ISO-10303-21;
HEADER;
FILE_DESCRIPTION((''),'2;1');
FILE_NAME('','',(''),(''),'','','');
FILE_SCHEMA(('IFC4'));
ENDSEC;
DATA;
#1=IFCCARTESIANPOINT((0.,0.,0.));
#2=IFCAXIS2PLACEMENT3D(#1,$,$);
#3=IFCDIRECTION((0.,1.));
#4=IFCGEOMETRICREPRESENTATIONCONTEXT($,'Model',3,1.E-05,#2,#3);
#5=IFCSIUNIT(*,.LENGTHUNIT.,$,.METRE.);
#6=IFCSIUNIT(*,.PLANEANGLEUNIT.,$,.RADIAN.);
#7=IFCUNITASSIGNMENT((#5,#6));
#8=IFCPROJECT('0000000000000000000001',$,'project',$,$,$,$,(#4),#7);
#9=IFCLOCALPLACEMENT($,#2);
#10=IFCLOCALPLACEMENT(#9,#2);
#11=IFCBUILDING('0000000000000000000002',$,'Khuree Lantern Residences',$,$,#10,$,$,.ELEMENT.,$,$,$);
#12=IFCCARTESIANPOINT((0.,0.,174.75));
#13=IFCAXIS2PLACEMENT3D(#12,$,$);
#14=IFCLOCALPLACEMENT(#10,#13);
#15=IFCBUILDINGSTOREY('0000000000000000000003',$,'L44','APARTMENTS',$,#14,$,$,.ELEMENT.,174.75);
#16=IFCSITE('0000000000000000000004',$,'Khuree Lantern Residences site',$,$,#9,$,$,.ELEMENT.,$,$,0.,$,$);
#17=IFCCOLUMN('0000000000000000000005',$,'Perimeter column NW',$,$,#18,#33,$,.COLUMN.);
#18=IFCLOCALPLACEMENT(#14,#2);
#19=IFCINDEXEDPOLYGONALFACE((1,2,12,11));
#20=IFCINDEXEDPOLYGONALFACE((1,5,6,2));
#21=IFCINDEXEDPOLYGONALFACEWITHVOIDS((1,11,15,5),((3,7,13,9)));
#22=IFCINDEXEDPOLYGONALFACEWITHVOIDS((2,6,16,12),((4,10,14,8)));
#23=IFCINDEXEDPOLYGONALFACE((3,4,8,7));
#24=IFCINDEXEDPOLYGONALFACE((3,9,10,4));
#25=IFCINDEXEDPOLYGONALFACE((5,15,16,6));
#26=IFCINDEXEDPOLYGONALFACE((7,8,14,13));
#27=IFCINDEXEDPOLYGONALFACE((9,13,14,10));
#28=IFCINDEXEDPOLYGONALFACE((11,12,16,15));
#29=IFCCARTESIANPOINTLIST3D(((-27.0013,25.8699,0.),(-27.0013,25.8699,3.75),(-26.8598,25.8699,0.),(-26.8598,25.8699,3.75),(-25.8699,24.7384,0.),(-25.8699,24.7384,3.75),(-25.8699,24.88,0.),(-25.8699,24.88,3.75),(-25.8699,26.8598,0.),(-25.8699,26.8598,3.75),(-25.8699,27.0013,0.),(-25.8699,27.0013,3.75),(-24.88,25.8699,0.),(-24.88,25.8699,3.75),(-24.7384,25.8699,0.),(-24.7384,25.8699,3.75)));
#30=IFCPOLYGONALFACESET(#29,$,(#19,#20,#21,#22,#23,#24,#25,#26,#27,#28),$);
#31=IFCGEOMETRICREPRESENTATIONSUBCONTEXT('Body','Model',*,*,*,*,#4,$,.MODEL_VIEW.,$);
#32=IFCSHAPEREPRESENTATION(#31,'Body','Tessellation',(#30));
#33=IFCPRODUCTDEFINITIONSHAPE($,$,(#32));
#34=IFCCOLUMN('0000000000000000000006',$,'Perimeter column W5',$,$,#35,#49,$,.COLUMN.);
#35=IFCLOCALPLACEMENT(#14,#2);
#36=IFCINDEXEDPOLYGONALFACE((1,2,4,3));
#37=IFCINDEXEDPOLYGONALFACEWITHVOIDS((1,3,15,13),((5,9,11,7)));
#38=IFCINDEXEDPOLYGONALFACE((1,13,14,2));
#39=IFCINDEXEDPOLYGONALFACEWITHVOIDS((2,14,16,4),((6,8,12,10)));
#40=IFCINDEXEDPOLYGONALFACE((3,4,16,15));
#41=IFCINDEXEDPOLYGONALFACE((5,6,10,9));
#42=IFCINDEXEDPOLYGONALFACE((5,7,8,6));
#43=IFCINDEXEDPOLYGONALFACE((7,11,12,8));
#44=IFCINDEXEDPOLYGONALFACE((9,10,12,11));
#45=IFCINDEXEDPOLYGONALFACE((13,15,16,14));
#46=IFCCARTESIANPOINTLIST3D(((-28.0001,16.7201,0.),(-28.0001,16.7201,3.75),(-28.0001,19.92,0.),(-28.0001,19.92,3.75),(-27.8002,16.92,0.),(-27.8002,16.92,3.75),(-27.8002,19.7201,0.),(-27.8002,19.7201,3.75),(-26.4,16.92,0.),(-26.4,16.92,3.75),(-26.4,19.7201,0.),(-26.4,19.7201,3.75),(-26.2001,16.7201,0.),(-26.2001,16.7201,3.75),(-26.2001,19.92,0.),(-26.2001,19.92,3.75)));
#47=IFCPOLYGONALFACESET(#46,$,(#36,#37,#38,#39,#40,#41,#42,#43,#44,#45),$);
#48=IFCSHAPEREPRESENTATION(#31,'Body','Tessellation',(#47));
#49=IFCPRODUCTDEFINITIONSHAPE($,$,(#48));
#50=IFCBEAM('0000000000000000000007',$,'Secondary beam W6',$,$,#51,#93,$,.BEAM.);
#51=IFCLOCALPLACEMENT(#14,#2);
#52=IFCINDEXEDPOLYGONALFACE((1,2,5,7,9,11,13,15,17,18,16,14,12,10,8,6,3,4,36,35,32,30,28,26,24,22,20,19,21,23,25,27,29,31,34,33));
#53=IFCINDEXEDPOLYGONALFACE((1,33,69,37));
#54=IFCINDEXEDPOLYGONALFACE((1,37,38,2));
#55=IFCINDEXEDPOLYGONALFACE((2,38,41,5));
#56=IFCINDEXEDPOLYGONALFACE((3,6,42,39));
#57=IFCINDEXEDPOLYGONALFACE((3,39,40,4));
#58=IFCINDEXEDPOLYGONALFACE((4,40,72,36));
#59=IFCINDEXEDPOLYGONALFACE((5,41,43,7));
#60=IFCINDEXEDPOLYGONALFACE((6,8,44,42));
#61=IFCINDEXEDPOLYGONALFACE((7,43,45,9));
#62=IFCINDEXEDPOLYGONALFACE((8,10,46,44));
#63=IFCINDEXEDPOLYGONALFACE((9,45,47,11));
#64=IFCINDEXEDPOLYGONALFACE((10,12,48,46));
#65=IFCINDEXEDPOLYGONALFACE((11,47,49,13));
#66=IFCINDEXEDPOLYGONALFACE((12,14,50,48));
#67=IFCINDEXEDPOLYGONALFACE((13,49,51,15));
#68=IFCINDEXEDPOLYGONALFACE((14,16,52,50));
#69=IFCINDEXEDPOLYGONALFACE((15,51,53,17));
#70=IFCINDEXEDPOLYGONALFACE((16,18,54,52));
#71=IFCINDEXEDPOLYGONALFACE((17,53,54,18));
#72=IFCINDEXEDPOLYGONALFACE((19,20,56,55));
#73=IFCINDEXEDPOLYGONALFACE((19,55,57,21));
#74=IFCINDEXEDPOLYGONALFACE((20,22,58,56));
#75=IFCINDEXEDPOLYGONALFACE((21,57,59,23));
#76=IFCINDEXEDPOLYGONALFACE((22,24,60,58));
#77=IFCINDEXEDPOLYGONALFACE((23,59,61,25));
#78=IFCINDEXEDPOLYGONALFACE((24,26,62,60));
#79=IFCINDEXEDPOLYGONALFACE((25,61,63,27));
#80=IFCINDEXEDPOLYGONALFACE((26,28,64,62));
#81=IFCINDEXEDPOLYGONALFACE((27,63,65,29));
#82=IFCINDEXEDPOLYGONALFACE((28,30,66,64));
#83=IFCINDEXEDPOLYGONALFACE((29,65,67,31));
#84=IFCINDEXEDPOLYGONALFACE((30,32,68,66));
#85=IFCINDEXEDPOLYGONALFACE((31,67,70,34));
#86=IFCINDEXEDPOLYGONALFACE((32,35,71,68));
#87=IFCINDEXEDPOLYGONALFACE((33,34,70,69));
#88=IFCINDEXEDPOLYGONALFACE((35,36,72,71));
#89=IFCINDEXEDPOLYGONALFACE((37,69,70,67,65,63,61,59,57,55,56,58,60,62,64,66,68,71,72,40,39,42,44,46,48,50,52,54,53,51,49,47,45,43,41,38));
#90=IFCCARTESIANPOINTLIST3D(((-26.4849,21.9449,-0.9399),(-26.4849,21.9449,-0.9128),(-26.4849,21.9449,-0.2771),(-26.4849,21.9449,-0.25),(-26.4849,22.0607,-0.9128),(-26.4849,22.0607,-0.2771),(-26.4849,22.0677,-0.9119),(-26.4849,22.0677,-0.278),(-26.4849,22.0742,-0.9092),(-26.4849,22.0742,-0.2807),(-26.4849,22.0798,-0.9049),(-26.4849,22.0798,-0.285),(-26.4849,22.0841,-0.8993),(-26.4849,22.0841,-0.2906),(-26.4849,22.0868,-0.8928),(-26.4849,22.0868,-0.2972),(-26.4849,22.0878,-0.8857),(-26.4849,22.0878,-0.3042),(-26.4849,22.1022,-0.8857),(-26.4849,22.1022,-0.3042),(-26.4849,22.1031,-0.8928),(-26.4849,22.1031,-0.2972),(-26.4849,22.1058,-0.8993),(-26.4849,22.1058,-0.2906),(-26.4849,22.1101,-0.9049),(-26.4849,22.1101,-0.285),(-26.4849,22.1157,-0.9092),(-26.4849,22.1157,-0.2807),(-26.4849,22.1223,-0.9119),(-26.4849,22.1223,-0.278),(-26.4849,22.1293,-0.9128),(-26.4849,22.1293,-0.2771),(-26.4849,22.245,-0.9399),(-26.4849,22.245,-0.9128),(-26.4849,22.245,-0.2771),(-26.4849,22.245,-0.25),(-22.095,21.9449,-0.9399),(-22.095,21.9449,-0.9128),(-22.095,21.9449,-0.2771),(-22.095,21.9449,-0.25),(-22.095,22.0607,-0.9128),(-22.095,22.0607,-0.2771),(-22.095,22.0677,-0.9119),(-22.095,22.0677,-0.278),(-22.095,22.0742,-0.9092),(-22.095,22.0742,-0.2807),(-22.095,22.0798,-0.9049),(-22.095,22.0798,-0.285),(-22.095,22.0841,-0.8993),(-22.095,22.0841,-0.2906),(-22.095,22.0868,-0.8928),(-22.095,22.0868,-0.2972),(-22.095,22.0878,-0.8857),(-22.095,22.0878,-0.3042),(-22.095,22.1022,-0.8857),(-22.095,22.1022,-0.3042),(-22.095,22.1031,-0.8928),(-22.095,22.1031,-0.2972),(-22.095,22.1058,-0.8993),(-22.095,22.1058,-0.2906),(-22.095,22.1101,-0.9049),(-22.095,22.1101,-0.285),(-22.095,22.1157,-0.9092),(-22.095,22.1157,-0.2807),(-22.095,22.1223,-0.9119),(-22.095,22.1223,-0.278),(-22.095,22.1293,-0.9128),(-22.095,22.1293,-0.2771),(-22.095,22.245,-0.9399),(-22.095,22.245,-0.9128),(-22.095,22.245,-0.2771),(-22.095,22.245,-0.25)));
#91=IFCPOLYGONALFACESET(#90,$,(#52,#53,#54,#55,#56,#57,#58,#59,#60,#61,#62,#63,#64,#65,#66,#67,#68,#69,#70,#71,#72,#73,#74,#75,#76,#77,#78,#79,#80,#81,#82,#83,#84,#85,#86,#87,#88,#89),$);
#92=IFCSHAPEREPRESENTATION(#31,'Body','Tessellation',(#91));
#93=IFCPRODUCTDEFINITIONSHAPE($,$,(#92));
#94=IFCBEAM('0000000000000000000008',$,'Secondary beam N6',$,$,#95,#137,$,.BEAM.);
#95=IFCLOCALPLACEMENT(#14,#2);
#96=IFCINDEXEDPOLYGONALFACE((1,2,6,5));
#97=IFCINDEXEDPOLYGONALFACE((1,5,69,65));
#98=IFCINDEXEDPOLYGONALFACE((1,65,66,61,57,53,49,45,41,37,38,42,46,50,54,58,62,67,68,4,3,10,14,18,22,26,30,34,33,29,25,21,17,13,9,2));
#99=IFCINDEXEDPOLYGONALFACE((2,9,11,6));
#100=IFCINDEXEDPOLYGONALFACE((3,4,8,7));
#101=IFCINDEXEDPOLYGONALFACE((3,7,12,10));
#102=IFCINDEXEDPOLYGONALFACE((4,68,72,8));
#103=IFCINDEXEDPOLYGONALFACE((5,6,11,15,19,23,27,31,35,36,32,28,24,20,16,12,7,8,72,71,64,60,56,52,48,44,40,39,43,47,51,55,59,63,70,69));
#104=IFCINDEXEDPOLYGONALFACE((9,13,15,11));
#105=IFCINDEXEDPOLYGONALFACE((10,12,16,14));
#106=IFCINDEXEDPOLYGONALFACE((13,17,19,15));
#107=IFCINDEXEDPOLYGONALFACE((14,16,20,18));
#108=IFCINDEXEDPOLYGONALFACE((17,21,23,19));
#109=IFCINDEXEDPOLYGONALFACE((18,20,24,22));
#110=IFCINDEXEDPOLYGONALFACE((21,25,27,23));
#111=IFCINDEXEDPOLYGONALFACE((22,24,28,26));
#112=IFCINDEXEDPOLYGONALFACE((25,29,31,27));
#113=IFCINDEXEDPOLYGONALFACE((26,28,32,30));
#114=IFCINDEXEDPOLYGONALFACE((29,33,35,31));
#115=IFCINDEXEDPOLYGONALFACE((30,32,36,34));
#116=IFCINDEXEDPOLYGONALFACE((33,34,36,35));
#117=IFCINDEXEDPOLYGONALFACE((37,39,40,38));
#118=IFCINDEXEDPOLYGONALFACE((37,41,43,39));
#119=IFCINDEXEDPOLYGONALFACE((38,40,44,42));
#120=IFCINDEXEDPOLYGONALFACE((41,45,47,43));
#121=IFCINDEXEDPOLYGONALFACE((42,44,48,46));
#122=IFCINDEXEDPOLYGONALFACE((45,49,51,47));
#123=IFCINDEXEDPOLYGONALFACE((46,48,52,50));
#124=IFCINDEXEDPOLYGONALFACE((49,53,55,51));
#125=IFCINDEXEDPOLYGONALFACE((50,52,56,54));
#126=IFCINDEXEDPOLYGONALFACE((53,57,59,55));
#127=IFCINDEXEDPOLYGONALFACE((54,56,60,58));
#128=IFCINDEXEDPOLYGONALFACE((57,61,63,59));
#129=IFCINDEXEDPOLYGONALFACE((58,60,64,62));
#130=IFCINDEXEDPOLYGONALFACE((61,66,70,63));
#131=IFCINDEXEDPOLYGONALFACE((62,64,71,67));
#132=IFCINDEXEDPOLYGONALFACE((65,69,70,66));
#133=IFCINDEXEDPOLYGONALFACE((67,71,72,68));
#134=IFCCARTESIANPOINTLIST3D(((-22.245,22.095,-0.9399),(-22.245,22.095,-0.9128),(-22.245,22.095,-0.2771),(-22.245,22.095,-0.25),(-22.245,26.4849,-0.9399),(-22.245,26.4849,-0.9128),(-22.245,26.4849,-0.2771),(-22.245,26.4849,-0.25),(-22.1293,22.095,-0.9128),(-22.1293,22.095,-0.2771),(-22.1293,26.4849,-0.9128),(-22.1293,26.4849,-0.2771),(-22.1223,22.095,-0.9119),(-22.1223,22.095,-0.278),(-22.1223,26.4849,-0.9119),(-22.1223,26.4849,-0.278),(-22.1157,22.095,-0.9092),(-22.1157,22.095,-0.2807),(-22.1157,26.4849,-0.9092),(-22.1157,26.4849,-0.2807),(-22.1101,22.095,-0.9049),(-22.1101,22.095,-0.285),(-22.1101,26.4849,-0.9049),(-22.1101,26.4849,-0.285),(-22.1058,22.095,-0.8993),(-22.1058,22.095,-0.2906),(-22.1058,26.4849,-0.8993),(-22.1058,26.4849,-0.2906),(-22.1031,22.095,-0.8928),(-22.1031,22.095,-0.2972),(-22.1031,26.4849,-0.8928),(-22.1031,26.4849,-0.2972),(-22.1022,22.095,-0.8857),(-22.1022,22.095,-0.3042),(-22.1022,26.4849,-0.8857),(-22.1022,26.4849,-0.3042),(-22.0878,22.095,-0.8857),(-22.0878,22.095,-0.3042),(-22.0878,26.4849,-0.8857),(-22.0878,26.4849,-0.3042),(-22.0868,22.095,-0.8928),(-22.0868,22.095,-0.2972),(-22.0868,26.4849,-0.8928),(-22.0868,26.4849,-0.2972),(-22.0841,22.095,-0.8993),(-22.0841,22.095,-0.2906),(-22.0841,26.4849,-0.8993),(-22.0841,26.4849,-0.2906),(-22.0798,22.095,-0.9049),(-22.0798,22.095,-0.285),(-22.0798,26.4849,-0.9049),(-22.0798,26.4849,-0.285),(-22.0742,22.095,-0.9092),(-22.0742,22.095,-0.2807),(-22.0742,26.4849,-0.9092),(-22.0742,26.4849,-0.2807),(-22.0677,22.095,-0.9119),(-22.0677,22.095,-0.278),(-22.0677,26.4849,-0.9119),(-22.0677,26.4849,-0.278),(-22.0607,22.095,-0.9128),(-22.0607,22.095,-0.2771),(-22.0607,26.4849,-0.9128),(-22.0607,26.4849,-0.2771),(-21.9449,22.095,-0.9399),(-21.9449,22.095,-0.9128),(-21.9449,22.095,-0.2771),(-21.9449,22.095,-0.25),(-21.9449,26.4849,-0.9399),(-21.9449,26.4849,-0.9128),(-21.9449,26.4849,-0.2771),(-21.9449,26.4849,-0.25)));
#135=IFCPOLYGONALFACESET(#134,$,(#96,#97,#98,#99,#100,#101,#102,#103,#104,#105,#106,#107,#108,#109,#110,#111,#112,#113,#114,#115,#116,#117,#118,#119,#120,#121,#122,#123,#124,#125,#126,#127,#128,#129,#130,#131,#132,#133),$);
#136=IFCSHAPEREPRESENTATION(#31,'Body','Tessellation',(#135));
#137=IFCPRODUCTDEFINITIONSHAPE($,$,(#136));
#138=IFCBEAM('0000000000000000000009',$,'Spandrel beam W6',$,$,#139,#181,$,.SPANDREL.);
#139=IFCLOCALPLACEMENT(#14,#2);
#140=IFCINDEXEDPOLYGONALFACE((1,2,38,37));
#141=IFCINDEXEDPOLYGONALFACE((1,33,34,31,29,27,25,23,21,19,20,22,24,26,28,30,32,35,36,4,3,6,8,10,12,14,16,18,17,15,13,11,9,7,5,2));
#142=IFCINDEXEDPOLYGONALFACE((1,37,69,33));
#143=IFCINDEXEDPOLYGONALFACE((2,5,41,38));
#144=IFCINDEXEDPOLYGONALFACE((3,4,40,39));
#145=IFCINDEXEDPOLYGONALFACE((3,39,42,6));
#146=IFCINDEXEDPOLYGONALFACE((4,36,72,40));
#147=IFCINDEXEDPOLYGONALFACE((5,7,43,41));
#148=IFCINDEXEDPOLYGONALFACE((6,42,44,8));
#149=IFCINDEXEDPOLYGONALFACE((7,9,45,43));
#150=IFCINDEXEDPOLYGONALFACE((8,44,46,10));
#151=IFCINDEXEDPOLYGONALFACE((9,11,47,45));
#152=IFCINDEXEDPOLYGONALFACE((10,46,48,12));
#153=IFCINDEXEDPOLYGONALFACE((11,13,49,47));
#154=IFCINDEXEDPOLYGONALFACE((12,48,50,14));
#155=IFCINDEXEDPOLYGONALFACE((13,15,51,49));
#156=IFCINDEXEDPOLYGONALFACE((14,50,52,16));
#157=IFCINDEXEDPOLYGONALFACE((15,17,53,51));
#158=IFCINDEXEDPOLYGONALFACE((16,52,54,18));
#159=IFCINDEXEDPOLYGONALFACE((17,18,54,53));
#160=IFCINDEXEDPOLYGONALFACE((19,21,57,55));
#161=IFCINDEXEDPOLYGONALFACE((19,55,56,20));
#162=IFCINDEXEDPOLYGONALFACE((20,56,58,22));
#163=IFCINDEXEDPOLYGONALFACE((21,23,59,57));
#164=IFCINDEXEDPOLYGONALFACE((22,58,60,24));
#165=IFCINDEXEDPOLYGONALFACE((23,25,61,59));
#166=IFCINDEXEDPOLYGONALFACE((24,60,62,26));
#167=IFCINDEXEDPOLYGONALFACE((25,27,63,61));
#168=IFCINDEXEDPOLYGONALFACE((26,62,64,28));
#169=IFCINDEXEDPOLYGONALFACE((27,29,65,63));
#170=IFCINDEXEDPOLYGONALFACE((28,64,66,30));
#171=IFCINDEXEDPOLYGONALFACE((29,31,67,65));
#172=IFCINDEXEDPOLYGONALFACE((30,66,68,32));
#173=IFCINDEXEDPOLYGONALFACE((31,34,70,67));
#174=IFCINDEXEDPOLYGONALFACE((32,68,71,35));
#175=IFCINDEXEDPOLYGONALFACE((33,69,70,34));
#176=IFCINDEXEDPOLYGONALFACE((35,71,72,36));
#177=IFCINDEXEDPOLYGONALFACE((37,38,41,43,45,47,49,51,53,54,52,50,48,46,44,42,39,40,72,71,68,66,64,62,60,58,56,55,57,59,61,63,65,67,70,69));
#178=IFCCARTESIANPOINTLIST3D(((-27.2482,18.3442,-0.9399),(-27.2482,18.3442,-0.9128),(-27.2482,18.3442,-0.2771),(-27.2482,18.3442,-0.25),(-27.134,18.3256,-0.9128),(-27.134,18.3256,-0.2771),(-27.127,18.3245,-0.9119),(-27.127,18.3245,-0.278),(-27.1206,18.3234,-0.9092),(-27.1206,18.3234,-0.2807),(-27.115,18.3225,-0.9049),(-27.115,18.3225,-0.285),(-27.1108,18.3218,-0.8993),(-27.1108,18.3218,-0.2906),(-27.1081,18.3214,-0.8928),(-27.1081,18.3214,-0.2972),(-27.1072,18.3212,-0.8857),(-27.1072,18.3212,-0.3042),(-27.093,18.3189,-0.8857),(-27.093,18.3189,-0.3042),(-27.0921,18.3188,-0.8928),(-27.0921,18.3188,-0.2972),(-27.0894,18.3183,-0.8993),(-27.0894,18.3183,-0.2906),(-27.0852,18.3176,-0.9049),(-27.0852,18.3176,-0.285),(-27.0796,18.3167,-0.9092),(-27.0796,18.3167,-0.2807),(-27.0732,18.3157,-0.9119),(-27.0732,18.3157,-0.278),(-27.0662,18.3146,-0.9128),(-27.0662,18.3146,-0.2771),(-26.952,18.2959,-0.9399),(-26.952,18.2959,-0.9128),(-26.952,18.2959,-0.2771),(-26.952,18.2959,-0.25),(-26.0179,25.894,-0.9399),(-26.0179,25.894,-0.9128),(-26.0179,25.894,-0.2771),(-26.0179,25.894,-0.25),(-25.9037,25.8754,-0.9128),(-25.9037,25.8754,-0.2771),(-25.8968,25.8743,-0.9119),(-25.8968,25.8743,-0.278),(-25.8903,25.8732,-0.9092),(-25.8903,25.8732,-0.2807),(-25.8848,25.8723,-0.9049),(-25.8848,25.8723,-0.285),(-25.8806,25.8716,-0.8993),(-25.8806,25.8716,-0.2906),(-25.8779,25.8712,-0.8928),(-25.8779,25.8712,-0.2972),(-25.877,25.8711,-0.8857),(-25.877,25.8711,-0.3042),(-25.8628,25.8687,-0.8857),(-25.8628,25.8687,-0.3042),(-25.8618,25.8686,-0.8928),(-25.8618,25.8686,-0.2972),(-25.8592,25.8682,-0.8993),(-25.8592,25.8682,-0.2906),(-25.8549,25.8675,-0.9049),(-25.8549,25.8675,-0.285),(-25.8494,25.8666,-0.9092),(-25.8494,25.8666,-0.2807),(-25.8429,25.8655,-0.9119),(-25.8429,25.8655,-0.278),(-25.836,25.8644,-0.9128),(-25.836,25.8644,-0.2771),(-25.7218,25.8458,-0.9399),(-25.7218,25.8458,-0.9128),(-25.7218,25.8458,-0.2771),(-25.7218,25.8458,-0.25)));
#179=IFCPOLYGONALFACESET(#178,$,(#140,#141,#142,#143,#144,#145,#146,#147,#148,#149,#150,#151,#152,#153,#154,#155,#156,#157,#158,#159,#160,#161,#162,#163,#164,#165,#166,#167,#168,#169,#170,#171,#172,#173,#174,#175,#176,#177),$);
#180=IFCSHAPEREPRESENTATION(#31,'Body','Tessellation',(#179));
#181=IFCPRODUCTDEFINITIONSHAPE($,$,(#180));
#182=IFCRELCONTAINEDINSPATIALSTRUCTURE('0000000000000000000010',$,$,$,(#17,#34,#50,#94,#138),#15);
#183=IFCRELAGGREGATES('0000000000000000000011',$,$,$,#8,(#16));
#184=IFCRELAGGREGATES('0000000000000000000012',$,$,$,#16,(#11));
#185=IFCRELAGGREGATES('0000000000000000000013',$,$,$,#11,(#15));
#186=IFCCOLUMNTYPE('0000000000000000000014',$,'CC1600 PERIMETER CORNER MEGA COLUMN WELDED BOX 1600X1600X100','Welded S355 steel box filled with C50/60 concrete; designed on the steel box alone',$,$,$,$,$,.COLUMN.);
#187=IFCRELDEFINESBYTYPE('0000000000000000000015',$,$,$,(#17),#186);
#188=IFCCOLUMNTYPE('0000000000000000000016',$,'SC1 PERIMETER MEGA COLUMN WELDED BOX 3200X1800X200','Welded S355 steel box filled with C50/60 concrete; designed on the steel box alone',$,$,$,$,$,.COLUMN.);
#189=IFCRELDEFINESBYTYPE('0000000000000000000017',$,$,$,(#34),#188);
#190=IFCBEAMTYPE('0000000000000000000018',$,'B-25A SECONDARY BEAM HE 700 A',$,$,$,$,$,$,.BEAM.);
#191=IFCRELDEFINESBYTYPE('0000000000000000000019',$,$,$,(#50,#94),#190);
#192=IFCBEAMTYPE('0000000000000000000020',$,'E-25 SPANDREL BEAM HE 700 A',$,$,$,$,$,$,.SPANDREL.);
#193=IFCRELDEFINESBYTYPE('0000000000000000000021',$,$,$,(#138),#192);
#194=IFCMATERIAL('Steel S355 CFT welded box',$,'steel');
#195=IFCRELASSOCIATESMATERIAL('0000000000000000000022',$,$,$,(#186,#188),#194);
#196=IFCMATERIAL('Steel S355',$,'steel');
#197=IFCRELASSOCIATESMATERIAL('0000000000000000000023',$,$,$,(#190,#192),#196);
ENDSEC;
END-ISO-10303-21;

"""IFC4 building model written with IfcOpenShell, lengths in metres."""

from ifc_helpers import new_model, si_unit, direction, frame, origin, origin_2d, place, context, subcontext, project, spatial, hollow_rectangle, i_section, extrude, material, material_profile, profile_set, type_object, element, save


model = new_model("IFC4")

# Units and contexts
model_context = context("Model", 3, precision=1e-05, world=origin(), true_north=direction((0.0, 1.0)))
body_context = subcontext(model_context, "Body", "Model", "MODEL_VIEW")
ifc_project = project(units=[si_unit("LENGTHUNIT", "METRE"), si_unit("PLANEANGLEUNIT", "RADIAN")], contexts=[model_context])

# Site, building, storey
site_placement = place(None, origin())
site = spatial("IfcSite", under=ifc_project, at=site_placement, Name="Khuree Lantern Residences site", CompositionType="ELEMENT", RefElevation=0.0)
building_placement = place(site_placement, origin())
building = spatial("IfcBuilding", under=site, at=building_placement, Name="Khuree Lantern Residences", CompositionType="ELEMENT")
storey_placement = place(building_placement, frame((0.0, 0.0, 174.75)))
storey = spatial("IfcBuildingStorey", under=building, at=storey_placement, Name="L44", Description="APARTMENTS", CompositionType="ELEMENT", Elevation=174.75)

# Columns
ifc_material_1 = material(Name="Steel S355 CFT welded box", Category="steel")
ifc_material_profile_1 = material_profile(ifc_material_1, hollow_rectangle(XDim=1.6001, YDim=1.6001, WallThickness=0.1001, at=origin_2d()), Name="WELDED BOX 1600X1600X100")
ifc_profile_set_1 = profile_set([ifc_material_profile_1], Name="Steel S355 CFT welded box")
column_type_1 = type_object("IfcColumnType", Name="CC1600 PERIMETER CORNER MEGA COLUMN WELDED BOX 1600X1600X100", Description="Welded S355 steel box filled with C50/60 concrete; designed on the steel box alone", PredefinedType="COLUMN", material=ifc_profile_set_1)
column_1_placement = place(storey_placement, frame((-25.8699, 25.8699, 0.0), z_axis=(0.0, 0.0, 1.0), x_axis=(0.707107, 0.707107, 0.0)))
element("IfcColumn", 1, at=column_1_placement, inside=storey, type_object=column_type_1, Name="Perimeter column NW", PredefinedType="COLUMN", context=body_context, shape_type="SweptSolid", body=[
    extrude(hollow_rectangle(XDim=1.6001, YDim=1.6001, WallThickness=0.1001, at=origin_2d()), origin(), (0.0, 0.0, 1.0), 3.75),
])
ifc_material_profile_2 = material_profile(ifc_material_1, hollow_rectangle(XDim=3.2, YDim=1.8, WallThickness=0.2, at=origin_2d()), Name="WELDED BOX 3200X1800X200")
ifc_profile_set_2 = profile_set([ifc_material_profile_2], Name="Steel S355 CFT welded box")
column_type_2 = type_object("IfcColumnType", Name="SC1 PERIMETER MEGA COLUMN WELDED BOX 3200X1800X200", Description="Welded S355 steel box filled with C50/60 concrete; designed on the steel box alone", PredefinedType="COLUMN", material=ifc_profile_set_2)
column_2_placement = place(storey_placement, frame((-27.1001, 18.3201, 0.0), z_axis=(0.0, 0.0, 1.0), x_axis=(0.0, 1.0, 0.0)))
element("IfcColumn", 2, at=column_2_placement, inside=storey, type_object=column_type_2, Name="Perimeter column W5", PredefinedType="COLUMN", context=body_context, shape_type="SweptSolid", body=[
    extrude(hollow_rectangle(XDim=3.2, YDim=1.8, WallThickness=0.2, at=origin_2d()), origin(), (0.0, 0.0, 1.0), 3.75),
])

# Beams
ifc_material_2 = material(Name="Steel S355", Category="steel")
ifc_material_profile_3 = material_profile(ifc_material_2, i_section(OverallWidth=0.3, OverallDepth=0.6899, WebThickness=0.0144, FlangeThickness=0.0271, FilletRadius=0.0271, at=origin_2d()), Name="HE 700 A")
ifc_profile_set_3 = profile_set([ifc_material_profile_3], Name="Steel S355")
beam_type_1 = type_object("IfcBeamType", Name="B-25A SECONDARY BEAM HE 700 A", PredefinedType="BEAM", material=ifc_profile_set_3)
for number, where, z_axis, x_axis, name in (
    (3, (-26.4849, 22.095, -0.595), (1.0, 0.0, 0.0), (0.0, 1.0, 0.0), "Secondary beam W6"),
    (4, (-22.095, 26.4849, -0.595), (0.0, -1.0, 0.0), (1.0, 0.0, 0.0), "Secondary beam N6"),
):
    element("IfcBeam", number, at=place(storey_placement, frame(where, z_axis=z_axis, x_axis=x_axis)), inside=storey, type_object=beam_type_1, Name=name, PredefinedType="BEAM", context=body_context, shape_type="SweptSolid", body=[
        extrude(i_section(OverallWidth=0.3, OverallDepth=0.6899, WebThickness=0.0144, FlangeThickness=0.0271, FilletRadius=0.0271, at=origin_2d()), origin(), (0.0, 0.0, 1.0), 4.3899),
    ])
ifc_material_profile_4 = material_profile(ifc_material_2, i_section(OverallWidth=0.3, OverallDepth=0.6899, WebThickness=0.0144, FlangeThickness=0.0271, FilletRadius=0.0271, at=origin_2d()), Name="HE 700 A")
ifc_profile_set_4 = profile_set([ifc_material_profile_4], Name="Steel S355")
beam_type_2 = type_object("IfcBeamType", Name="E-25 SPANDREL BEAM HE 700 A", PredefinedType="SPANDREL", material=ifc_profile_set_4)
for number, where, z_axis, x_axis, name in (
    (5, (-27.1001, 18.3201, -0.595), (0.160827, 0.986983, 0.0), (-0.986983, 0.160827, 0.0), "Spandrel beam W6"),
):
    element("IfcBeam", number, at=place(storey_placement, frame(where, z_axis=z_axis, x_axis=x_axis)), inside=storey, type_object=beam_type_2, Name=name, PredefinedType="SPANDREL", context=body_context, shape_type="SweptSolid", body=[
        extrude(i_section(OverallWidth=0.3, OverallDepth=0.6899, WebThickness=0.0144, FlangeThickness=0.0271, FilletRadius=0.0271, at=origin_2d()), origin(), (0.0, 0.0, 1.0), 7.6494),
    ])

save(model, "model.ifc")
